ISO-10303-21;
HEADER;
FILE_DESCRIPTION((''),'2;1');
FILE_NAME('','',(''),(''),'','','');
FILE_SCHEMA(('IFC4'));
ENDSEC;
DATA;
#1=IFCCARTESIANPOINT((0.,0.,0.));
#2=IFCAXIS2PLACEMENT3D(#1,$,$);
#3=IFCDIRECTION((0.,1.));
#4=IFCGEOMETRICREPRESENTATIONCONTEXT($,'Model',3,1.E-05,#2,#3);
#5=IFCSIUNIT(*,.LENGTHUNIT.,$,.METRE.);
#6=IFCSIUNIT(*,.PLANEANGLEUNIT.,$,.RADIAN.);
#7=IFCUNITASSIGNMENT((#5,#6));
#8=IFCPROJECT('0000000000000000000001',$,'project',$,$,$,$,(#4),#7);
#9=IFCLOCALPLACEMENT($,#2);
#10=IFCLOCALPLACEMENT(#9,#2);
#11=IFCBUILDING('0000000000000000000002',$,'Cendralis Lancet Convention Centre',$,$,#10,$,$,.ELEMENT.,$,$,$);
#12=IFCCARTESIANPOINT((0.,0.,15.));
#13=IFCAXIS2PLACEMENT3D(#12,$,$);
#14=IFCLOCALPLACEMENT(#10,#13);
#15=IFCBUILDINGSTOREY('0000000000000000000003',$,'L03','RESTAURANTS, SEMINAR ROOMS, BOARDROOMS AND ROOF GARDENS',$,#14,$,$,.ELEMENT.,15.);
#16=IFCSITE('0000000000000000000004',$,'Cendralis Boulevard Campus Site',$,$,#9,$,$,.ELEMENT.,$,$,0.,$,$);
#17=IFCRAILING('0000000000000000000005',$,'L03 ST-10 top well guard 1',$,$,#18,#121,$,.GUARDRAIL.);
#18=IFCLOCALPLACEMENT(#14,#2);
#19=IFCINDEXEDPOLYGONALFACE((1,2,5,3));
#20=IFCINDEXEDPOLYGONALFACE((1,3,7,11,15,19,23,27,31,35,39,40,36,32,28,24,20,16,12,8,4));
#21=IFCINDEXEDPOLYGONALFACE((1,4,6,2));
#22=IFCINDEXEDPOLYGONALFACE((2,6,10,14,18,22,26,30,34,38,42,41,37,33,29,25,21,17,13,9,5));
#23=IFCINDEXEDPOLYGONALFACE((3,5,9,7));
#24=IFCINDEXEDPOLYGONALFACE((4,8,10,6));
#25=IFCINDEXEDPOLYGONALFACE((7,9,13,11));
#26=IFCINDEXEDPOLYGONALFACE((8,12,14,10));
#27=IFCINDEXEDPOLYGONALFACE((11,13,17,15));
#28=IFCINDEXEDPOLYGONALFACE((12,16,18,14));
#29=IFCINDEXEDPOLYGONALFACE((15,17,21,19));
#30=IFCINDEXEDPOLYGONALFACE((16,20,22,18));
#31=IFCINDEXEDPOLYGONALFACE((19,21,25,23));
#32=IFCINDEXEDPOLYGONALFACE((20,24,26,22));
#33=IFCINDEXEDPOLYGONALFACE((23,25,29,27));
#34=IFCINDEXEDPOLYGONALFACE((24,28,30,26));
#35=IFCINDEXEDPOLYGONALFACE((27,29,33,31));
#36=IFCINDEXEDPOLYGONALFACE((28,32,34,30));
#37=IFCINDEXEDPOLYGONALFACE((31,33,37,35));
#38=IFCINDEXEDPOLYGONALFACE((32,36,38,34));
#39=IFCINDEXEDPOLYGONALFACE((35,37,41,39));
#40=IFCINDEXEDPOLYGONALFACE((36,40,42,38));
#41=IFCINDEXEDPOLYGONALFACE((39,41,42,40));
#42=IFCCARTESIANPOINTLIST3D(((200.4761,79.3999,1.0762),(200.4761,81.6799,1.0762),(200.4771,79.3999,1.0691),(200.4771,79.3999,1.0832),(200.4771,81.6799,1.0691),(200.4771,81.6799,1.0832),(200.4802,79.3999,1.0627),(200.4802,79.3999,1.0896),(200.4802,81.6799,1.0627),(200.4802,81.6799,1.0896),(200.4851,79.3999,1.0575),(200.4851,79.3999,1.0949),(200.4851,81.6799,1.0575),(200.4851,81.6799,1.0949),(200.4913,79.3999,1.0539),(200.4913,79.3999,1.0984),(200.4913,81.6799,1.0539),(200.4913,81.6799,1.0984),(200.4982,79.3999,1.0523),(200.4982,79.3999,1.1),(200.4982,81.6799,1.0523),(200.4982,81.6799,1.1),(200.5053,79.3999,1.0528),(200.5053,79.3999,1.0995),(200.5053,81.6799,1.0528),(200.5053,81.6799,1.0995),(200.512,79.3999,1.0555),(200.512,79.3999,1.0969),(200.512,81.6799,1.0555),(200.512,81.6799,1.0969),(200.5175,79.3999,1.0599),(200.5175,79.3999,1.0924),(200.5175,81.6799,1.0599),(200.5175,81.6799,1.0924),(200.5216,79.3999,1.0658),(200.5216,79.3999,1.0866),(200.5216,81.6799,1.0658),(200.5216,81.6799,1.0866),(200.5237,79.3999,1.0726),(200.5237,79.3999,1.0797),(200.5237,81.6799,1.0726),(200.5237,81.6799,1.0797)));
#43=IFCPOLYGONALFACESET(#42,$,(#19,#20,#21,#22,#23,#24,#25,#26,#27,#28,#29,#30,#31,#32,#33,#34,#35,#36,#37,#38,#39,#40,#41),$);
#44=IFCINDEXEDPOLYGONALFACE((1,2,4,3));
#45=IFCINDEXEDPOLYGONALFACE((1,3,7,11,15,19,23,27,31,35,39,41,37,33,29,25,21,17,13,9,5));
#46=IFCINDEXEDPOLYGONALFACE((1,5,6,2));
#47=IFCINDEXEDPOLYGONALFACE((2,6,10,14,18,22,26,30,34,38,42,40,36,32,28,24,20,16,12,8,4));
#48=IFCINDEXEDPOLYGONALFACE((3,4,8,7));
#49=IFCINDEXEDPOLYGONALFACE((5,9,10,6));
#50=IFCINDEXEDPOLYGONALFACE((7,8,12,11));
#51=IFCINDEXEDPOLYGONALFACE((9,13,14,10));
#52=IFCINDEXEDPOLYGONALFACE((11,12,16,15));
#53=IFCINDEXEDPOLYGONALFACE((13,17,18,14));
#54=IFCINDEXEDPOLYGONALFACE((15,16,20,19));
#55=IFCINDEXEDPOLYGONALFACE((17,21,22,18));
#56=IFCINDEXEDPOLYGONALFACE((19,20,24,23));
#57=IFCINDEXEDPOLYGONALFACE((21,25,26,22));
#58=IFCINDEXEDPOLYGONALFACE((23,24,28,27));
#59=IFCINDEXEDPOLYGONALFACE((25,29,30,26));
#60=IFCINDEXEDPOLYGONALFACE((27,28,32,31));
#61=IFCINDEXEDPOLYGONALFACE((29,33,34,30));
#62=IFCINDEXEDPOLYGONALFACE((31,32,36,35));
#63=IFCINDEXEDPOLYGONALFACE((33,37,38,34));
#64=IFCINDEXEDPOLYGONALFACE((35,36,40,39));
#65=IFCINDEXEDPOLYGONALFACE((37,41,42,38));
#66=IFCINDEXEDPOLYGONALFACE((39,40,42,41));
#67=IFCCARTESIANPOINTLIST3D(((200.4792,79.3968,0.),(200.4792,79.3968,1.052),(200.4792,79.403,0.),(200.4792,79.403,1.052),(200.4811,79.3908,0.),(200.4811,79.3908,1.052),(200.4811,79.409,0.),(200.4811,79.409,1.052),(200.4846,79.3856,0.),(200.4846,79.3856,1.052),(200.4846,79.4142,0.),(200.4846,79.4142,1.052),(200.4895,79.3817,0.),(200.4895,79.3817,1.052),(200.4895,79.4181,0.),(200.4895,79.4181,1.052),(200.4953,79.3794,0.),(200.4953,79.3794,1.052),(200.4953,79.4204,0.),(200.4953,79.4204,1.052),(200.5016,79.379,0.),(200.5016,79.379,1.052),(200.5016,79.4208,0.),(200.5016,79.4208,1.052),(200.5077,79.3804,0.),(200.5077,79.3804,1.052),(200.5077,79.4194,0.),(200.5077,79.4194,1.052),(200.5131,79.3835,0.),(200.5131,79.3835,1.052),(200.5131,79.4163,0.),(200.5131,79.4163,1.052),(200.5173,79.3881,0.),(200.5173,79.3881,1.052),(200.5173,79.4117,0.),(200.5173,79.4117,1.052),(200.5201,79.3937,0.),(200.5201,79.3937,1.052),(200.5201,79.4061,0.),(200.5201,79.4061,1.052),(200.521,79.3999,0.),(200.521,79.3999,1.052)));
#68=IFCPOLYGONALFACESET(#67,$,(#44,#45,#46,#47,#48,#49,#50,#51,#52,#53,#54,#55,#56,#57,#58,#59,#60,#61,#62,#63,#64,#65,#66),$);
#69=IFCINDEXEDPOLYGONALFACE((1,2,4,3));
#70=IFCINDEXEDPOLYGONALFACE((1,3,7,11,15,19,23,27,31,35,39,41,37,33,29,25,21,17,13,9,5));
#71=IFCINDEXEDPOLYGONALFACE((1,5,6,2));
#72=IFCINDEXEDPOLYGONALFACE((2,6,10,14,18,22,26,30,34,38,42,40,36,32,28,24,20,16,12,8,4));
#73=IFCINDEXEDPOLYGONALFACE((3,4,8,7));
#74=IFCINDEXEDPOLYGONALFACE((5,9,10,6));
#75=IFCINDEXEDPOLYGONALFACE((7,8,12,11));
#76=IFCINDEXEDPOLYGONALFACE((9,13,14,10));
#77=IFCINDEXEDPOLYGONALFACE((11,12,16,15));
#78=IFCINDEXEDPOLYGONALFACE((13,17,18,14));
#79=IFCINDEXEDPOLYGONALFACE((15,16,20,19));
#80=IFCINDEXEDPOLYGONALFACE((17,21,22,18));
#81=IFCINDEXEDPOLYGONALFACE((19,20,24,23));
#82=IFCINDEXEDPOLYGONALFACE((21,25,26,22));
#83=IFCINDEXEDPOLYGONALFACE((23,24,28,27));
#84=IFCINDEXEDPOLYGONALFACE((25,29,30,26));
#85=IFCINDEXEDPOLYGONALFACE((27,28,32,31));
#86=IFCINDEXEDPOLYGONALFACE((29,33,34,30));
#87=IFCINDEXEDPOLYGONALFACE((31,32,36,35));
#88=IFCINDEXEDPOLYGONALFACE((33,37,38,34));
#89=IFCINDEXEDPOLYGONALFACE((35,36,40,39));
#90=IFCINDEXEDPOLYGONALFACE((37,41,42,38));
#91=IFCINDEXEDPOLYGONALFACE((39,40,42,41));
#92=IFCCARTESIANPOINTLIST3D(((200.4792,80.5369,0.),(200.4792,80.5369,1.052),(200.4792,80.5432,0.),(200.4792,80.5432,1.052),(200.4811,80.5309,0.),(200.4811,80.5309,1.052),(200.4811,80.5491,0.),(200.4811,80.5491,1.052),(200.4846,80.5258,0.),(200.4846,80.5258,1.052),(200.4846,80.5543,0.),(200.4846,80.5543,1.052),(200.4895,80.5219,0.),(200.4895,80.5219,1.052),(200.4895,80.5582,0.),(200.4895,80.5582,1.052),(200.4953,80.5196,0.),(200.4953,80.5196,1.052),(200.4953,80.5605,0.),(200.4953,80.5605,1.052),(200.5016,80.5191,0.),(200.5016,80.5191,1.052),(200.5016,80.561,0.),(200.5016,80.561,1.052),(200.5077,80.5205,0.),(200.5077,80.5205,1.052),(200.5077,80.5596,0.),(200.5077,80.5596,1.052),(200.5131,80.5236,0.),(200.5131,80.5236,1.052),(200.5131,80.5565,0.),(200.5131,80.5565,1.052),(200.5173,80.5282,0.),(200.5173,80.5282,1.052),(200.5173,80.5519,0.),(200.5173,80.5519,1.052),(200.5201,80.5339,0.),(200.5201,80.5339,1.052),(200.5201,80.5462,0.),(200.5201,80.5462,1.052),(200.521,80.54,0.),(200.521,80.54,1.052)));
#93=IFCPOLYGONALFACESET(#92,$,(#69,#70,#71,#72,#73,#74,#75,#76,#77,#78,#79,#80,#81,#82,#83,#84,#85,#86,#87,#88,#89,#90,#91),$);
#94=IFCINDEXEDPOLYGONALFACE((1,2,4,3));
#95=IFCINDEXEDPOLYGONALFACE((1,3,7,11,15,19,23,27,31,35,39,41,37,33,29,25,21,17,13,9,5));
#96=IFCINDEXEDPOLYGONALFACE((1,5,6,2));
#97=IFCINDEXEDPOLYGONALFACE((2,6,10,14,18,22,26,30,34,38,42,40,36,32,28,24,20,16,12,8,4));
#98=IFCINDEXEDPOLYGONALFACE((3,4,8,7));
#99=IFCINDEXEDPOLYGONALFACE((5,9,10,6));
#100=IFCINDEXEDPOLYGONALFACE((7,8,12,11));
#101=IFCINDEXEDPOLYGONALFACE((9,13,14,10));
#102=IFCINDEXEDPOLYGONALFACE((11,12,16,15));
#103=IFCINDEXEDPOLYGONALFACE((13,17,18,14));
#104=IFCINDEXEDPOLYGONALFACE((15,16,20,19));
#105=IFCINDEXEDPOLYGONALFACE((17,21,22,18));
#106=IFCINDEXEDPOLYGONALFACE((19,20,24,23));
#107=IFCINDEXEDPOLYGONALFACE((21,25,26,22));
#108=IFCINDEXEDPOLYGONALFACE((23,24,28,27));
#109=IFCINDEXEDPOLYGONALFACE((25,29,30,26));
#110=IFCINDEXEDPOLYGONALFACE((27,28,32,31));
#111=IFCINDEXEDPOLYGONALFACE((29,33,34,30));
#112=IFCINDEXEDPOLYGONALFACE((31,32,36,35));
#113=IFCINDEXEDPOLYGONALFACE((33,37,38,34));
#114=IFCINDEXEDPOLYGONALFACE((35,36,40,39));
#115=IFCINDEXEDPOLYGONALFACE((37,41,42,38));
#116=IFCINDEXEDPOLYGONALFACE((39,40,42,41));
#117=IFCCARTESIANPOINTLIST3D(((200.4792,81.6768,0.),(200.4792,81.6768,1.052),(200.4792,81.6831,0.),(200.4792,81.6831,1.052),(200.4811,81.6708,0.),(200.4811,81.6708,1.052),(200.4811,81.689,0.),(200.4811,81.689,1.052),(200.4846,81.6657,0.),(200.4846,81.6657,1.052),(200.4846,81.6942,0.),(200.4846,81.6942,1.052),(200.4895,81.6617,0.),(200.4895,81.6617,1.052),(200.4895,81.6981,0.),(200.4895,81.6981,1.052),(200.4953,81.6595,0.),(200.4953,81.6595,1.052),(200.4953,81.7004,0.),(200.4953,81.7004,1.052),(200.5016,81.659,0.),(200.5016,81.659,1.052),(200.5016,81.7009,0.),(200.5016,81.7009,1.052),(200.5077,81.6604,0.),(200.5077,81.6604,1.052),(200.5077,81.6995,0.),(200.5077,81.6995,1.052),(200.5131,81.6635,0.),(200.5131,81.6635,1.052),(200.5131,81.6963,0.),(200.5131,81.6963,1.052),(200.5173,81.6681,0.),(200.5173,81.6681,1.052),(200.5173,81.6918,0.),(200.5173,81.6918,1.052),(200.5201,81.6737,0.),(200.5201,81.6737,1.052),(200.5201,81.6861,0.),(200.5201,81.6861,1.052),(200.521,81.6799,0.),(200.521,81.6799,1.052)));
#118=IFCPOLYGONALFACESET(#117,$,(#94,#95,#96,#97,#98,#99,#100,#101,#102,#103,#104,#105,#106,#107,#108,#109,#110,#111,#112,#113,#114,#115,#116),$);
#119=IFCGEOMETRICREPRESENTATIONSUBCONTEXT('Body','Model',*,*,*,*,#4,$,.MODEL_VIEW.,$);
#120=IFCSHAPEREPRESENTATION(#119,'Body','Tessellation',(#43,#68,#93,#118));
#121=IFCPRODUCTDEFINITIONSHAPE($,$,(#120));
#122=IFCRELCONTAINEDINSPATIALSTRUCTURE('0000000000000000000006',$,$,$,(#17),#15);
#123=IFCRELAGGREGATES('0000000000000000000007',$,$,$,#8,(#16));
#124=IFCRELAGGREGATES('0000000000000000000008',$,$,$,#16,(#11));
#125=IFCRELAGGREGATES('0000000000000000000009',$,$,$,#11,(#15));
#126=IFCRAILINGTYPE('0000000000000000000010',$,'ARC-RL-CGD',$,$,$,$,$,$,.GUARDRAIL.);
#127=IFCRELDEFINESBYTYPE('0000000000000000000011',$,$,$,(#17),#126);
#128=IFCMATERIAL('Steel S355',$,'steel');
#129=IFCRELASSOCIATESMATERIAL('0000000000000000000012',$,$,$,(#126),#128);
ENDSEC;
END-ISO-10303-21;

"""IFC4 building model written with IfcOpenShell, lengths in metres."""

from ifc_helpers import new_model, si_unit, direction, frame, origin, origin_2d, place, context, subcontext, project, spatial, circle, extrude, material, type_object, element, save


model = new_model("IFC4")

# Units and contexts
model_context = context("Model", 3, precision=1e-05, world=origin(), true_north=direction((0.0, 1.0)))
body_context = subcontext(model_context, "Body", "Model", "MODEL_VIEW")
ifc_project = project(units=[si_unit("LENGTHUNIT", "METRE"), si_unit("PLANEANGLEUNIT", "RADIAN")], contexts=[model_context])

# Site, building, storey
site_placement = place(None, origin())
site = spatial("IfcSite", under=ifc_project, at=site_placement, Name="Cendralis Boulevard Campus Site", CompositionType="ELEMENT", RefElevation=0.0)
building_placement = place(site_placement, origin())
building = spatial("IfcBuilding", under=site, at=building_placement, Name="Cendralis Lancet Convention Centre", CompositionType="ELEMENT")
storey_placement = place(building_placement, frame((0.0, 0.0, 15.0)))
storey = spatial("IfcBuildingStorey", under=building, at=storey_placement, Name="L03", Description="RESTAURANTS, SEMINAR ROOMS, BOARDROOMS AND ROOF GARDENS", CompositionType="ELEMENT", Elevation=15.0)

# Shared definitions
ifc_material_1 = material(Name="Steel S355", Category="steel")

# Railing
railing_type_1 = type_object("IfcRailingType", Name="ARC-RL-CGD", PredefinedType="GUARDRAIL", material=ifc_material_1)
railing_1_placement = place(storey_placement, frame((200.5, 79.3999, 0.0)))
element("IfcRailing", 1, at=railing_1_placement, inside=storey, type_object=railing_type_1, Name="L03 ST-10 top well guard 1", PredefinedType="GUARDRAIL", context=body_context, shape_type="SweptSolid", body=[
    extrude(circle(Radius=0.0239, at=origin_2d()), frame((0.0, 0.0, 1.0762), z_axis=(0.0, 1.0, 0.0), x_axis=(-1.0, 0.0, 0.0)), (0.0, 0.0, 1.0), 2.28),
    extrude(circle(Radius=0.021, at=origin_2d()), origin(), (0.0, 0.0, 1.0), 1.052),
    extrude(circle(Radius=0.021, at=origin_2d()), frame((0.0, 1.1401, 0.0)), (0.0, 0.0, 1.0), 1.052),
    extrude(circle(Radius=0.021, at=origin_2d()), frame((0.0, 2.28, 0.0)), (0.0, 0.0, 1.0), 1.052),
])

save(model, "model.ifc")
